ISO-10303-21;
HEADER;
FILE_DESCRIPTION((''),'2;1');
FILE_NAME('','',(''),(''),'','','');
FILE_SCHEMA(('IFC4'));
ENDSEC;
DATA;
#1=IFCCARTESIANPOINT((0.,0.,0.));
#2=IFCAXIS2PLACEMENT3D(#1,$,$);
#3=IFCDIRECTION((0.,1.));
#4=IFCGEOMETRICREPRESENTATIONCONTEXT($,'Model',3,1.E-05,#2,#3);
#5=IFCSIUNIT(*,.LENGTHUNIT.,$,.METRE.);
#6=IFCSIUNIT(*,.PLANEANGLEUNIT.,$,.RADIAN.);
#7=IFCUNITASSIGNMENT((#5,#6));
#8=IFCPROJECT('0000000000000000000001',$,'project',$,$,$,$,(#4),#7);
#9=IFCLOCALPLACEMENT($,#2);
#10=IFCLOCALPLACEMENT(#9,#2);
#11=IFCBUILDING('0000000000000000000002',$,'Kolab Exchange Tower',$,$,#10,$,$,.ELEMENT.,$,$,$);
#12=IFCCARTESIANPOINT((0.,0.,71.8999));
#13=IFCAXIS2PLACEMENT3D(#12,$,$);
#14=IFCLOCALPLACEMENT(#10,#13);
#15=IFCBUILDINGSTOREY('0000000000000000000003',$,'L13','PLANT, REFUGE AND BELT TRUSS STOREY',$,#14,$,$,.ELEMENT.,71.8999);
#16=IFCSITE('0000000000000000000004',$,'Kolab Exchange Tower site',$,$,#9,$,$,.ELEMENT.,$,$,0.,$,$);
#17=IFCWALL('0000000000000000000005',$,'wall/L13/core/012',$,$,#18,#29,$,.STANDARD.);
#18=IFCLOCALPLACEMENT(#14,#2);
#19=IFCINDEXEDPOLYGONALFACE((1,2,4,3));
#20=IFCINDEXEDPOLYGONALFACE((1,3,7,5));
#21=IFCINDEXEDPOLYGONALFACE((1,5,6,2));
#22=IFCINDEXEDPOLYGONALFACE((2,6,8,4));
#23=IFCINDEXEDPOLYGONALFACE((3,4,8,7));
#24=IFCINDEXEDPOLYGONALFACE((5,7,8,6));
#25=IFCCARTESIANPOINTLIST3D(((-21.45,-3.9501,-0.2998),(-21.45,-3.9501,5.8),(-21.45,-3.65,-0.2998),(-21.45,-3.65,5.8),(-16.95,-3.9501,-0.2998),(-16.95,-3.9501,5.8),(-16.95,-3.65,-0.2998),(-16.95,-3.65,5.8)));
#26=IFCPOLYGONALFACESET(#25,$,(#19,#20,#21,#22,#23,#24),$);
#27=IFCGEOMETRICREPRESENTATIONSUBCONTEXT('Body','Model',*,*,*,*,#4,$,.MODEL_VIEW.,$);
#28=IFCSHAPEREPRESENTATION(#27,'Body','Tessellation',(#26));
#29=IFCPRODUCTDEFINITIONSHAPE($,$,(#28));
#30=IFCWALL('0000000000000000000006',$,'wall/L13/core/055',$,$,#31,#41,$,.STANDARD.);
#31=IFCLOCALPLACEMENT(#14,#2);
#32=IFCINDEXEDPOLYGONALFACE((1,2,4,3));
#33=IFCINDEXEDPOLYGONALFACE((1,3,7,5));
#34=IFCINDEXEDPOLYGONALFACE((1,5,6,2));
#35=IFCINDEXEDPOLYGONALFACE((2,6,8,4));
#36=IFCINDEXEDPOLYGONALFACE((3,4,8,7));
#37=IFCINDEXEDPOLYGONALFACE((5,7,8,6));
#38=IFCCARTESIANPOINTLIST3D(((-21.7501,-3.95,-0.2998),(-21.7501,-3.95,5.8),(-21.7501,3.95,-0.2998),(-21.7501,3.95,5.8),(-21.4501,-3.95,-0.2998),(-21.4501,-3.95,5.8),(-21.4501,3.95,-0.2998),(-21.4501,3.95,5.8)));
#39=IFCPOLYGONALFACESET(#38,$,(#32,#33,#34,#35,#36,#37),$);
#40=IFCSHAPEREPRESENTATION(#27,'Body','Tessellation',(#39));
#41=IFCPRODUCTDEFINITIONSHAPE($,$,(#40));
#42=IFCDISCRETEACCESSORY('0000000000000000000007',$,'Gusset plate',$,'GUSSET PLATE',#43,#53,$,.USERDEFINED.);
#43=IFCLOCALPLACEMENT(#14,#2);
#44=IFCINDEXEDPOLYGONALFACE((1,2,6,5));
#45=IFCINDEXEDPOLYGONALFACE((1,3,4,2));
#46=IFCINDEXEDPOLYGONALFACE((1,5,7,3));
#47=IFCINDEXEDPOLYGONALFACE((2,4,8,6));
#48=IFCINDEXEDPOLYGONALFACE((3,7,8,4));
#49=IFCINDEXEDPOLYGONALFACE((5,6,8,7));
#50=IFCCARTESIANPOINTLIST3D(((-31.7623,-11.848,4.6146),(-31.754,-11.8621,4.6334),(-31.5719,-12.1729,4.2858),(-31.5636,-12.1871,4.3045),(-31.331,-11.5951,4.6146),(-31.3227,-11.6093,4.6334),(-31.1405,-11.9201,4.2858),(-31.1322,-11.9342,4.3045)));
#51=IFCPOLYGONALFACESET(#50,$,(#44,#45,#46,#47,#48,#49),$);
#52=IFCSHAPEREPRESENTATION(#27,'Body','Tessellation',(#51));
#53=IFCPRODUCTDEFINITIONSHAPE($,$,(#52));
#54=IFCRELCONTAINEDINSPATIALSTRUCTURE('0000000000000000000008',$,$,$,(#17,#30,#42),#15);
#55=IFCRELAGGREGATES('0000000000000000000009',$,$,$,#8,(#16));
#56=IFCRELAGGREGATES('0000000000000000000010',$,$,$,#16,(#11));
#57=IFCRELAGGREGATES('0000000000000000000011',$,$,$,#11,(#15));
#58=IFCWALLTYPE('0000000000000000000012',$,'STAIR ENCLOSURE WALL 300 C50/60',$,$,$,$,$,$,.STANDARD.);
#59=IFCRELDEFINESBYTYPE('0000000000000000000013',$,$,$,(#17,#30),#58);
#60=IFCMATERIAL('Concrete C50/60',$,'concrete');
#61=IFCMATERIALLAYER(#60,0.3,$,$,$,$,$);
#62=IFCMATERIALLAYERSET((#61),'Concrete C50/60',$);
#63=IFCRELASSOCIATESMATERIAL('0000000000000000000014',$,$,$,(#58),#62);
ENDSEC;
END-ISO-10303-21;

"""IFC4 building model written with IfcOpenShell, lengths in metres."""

from ifc_helpers import new_model, si_unit, direction, frame, frame_2d, origin, origin_2d, place, context, subcontext, project, spatial, rectangle, extrude, material, layer, layer_set, type_object, element, save


model = new_model("IFC4")

# Units and contexts
model_context = context("Model", 3, precision=1e-05, world=origin(), true_north=direction((0.0, 1.0)))
body_context = subcontext(model_context, "Body", "Model", "MODEL_VIEW")
ifc_project = project(units=[si_unit("LENGTHUNIT", "METRE"), si_unit("PLANEANGLEUNIT", "RADIAN")], contexts=[model_context])

# Site, building, storey
site_placement = place(None, origin())
site = spatial("IfcSite", under=ifc_project, at=site_placement, Name="Kolab Exchange Tower site", CompositionType="ELEMENT", RefElevation=0.0)
building_placement = place(site_placement, origin())
building = spatial("IfcBuilding", under=site, at=building_placement, Name="Kolab Exchange Tower", CompositionType="ELEMENT")
storey_placement = place(building_placement, frame((0.0, 0.0, 71.8999)))
storey = spatial("IfcBuildingStorey", under=building, at=storey_placement, Name="L13", Description="PLANT, REFUGE AND BELT TRUSS STOREY", CompositionType="ELEMENT", Elevation=71.8999)

# Walls
ifc_material_1 = material(Name="Concrete C50/60", Category="concrete")
ifc_layer_1 = layer(ifc_material_1, 0.3)
ifc_layer_set_1 = layer_set([ifc_layer_1], Name="Concrete C50/60")
wall_type_1 = type_object("IfcWallType", Name="STAIR ENCLOSURE WALL 300 C50/60", PredefinedType="STANDARD", material=ifc_layer_set_1)
wall_1_placement = place(storey_placement, frame((-21.45, -3.8, -0.2998), z_axis=(0.0, 0.0, 1.0), x_axis=(1.0, 0.0, 0.0)))
element("IfcWall", 1, at=wall_1_placement, inside=storey, type_object=wall_type_1, Name="wall/L13/core/012", PredefinedType="STANDARD", context=body_context, shape_type="SweptSolid", body=[
    extrude(rectangle(XDim=4.5, YDim=0.3, at=frame_2d((2.25, 0.0))), origin(), (0.0, 0.0, 1.0), 6.0999),
])
wall_2_placement = place(storey_placement, frame((-21.6001, -3.95, -0.2998), z_axis=(0.0, 0.0, 1.0), x_axis=(0.0, 1.0, 0.0)))
element("IfcWall", 2, at=wall_2_placement, inside=storey, type_object=wall_type_1, Name="wall/L13/core/055", PredefinedType="STANDARD", context=body_context, shape_type="SweptSolid", body=[
    extrude(rectangle(XDim=7.8999, YDim=0.3, at=frame_2d((3.95, 0.0))), origin(), (0.0, 0.0, 1.0), 6.0999),
])

# Discrete accessory
discrete_accessory_placement = place(storey_placement, frame((-31.4514, -11.884, 4.4502), z_axis=(0.332615, -0.567402, 0.753275), x_axis=(0.862698, 0.505719, 0.0)))
element("IfcDiscreteAccessory", 3, at=discrete_accessory_placement, inside=storey, Name="Gusset plate", ObjectType="GUSSET PLATE", PredefinedType="USERDEFINED", context=body_context, shape_type="SweptSolid", body=[
    extrude(rectangle(XDim=0.5, YDim=0.5, at=origin_2d()), origin(), (0.0, 0.0, 1.0), 0.0249),
])

save(model, "model.ifc")
